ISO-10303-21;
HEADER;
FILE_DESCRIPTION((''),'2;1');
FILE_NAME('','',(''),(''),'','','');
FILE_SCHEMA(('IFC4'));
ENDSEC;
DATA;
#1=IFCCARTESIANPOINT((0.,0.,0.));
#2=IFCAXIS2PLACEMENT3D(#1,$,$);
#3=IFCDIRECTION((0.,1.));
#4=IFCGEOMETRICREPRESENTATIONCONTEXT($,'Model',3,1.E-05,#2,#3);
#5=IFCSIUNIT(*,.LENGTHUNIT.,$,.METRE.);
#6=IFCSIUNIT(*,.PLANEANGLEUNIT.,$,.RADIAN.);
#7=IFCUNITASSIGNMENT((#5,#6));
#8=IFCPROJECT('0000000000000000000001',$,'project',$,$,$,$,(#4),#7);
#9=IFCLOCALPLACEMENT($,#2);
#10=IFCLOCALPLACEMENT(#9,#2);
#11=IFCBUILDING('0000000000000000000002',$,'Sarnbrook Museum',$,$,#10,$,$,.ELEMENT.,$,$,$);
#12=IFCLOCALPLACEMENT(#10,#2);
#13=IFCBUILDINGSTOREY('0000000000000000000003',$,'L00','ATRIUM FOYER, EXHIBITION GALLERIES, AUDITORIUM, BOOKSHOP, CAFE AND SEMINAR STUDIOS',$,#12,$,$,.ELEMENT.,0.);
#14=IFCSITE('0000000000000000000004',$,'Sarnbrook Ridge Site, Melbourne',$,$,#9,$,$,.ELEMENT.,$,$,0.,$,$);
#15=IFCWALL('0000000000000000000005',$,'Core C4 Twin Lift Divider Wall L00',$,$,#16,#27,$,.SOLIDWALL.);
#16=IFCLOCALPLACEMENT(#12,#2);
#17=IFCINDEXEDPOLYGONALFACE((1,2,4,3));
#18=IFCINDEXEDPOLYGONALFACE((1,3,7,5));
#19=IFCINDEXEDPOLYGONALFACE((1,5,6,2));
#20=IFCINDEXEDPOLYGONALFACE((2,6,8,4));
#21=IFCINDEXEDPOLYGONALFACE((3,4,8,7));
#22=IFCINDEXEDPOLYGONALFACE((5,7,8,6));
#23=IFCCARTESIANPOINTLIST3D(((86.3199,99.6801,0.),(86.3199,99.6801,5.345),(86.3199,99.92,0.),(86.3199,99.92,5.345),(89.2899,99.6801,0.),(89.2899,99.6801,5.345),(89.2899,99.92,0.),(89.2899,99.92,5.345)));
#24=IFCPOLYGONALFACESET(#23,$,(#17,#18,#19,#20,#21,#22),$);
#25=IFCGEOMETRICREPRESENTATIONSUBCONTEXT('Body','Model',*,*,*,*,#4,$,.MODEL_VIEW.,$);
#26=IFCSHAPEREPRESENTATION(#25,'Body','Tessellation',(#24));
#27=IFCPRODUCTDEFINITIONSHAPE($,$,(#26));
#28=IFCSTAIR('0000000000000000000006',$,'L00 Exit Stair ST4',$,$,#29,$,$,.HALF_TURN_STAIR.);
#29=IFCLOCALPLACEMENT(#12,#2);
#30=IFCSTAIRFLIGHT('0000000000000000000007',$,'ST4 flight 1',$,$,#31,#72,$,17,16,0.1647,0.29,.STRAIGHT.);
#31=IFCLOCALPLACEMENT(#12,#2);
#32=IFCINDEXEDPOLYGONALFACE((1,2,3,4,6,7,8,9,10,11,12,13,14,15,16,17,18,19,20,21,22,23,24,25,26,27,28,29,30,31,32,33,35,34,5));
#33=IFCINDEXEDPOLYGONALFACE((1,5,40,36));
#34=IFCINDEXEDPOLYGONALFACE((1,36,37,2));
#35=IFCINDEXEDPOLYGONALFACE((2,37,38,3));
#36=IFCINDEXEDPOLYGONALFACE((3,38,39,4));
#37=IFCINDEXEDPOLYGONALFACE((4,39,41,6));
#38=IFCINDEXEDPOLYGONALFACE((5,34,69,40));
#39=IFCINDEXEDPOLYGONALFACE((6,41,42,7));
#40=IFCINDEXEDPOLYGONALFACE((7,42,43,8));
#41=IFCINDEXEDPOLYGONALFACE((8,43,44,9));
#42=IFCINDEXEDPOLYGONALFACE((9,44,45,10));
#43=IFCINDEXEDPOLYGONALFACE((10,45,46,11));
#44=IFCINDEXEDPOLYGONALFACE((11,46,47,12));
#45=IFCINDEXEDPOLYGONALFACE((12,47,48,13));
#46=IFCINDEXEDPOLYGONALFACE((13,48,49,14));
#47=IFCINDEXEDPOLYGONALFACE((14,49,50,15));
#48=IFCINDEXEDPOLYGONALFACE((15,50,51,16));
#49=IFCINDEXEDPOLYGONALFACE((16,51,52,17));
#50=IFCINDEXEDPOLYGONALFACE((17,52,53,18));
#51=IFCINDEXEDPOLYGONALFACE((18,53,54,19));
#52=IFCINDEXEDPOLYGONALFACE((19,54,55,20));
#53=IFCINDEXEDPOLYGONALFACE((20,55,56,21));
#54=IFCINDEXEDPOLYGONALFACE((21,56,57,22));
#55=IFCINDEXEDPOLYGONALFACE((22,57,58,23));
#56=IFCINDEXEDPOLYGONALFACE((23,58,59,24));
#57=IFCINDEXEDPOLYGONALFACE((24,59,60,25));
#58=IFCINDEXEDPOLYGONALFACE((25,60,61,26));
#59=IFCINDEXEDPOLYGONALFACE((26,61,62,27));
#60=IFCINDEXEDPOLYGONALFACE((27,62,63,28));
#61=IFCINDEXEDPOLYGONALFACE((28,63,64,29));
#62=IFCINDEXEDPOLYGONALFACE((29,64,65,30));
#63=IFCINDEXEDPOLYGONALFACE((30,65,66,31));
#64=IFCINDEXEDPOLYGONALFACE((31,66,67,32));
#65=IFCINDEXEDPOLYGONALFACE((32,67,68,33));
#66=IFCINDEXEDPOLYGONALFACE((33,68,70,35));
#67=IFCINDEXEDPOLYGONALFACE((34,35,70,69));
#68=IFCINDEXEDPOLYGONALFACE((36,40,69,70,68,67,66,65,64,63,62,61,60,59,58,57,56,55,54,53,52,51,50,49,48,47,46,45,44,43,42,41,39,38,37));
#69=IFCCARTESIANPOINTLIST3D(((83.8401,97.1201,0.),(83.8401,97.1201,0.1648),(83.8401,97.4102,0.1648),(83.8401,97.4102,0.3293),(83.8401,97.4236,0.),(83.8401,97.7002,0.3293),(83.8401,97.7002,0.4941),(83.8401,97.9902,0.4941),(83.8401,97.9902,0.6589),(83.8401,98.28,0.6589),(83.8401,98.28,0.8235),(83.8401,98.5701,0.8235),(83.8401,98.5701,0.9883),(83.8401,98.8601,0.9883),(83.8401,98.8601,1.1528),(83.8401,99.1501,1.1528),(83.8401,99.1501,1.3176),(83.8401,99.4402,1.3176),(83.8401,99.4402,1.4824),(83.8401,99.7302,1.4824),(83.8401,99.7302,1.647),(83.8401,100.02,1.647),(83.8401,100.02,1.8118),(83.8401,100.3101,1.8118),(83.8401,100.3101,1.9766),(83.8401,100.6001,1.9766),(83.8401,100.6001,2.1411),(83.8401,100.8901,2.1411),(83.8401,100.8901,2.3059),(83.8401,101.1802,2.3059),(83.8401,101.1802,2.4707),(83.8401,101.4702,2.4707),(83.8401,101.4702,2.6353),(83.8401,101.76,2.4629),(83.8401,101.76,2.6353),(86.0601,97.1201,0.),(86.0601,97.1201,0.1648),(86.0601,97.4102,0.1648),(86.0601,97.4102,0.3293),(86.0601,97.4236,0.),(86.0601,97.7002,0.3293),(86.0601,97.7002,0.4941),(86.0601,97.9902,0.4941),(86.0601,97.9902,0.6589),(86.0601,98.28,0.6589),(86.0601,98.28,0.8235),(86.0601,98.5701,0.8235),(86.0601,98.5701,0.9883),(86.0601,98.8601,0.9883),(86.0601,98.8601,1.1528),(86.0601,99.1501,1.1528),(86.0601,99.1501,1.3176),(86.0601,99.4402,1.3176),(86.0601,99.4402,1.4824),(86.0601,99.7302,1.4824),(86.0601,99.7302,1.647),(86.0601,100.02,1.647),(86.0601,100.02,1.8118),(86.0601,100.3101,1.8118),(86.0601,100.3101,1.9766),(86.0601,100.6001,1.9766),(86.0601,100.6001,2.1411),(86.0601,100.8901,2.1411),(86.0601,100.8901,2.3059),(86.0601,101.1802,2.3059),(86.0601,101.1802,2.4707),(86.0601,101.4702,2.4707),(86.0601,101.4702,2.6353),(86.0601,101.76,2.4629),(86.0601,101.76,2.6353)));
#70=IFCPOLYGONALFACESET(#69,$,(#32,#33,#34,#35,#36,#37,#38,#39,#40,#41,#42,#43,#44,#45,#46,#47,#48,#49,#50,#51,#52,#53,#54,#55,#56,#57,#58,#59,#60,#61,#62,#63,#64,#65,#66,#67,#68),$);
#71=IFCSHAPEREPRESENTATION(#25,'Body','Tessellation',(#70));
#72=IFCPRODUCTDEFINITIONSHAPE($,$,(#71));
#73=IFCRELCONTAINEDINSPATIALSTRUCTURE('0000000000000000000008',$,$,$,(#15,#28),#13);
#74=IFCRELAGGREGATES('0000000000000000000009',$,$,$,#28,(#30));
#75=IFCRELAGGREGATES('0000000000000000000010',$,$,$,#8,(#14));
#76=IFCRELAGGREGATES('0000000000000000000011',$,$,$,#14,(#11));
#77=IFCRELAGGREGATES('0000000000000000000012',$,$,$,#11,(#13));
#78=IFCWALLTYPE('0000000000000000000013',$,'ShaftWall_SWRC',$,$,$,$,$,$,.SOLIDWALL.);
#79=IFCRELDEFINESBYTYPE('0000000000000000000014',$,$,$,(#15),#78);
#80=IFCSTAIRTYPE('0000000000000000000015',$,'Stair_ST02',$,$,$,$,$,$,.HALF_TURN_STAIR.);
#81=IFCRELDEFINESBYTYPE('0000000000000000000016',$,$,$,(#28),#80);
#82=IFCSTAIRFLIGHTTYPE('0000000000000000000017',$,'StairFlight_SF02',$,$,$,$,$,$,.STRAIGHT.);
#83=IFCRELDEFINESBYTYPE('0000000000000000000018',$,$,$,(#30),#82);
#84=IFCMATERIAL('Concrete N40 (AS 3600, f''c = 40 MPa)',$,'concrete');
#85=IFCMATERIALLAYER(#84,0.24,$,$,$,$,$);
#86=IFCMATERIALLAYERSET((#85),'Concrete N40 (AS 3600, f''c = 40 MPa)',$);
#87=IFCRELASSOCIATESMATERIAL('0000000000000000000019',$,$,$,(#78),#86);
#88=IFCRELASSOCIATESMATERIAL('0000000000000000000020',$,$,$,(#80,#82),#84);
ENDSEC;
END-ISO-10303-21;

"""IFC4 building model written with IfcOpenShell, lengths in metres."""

from ifc_helpers import new_model, si_unit, direction, frame, frame_2d, origin, place, context, subcontext, project, spatial, polyline, rectangle, outline, extrude, material, layer, layer_set, type_object, element, aggregate, save


model = new_model("IFC4")

# Units and contexts
model_context = context("Model", 3, precision=1e-05, world=origin(), true_north=direction((0.0, 1.0)))
body_context = subcontext(model_context, "Body", "Model", "MODEL_VIEW")
ifc_project = project(units=[si_unit("LENGTHUNIT", "METRE"), si_unit("PLANEANGLEUNIT", "RADIAN")], contexts=[model_context])

# Site, building, storey
site_placement = place(None, origin())
site = spatial("IfcSite", under=ifc_project, at=site_placement, Name="Sarnbrook Ridge Site, Melbourne", CompositionType="ELEMENT", RefElevation=0.0)
building_placement = place(site_placement, origin())
building = spatial("IfcBuilding", under=site, at=building_placement, Name="Sarnbrook Museum", CompositionType="ELEMENT")
storey_placement = place(building_placement, origin())
storey = spatial("IfcBuildingStorey", under=building, at=storey_placement, Name="L00", Description="ATRIUM FOYER, EXHIBITION GALLERIES, AUDITORIUM, BOOKSHOP, CAFE AND SEMINAR STUDIOS", CompositionType="ELEMENT", Elevation=0.0)

# Wall
ifc_material_1 = material(Name="Concrete N40 (AS 3600, f'c = 40 MPa)", Category="concrete")
ifc_layer_1 = layer(ifc_material_1, 0.24)
ifc_layer_set_1 = layer_set([ifc_layer_1], Name="Concrete N40 (AS 3600, f'c = 40 MPa)")
wall_type_1 = type_object("IfcWallType", Name="ShaftWall_SWRC", PredefinedType="SOLIDWALL", material=ifc_layer_set_1)
wall_1_placement = place(storey_placement, frame((86.3201, 99.8, 0.0), z_axis=(0.0, 0.0, 1.0), x_axis=(1.0, 0.0, 0.0)))
element("IfcWall", 1, at=wall_1_placement, inside=storey, type_object=wall_type_1, Name="Core C4 Twin Lift Divider Wall L00", PredefinedType="SOLIDWALL", context=body_context, shape_type="SweptSolid", body=[
    extrude(rectangle(XDim=2.97, YDim=0.24, at=frame_2d((1.4849, 0.0))), origin(), (0.0, 0.0, 1.0), 5.345),
])

# Stair, stair flight
stair_type = type_object("IfcStairType", Name="Stair_ST02", PredefinedType="HALF_TURN_STAIR", material=ifc_material_1)
stair_placement = place(storey_placement, origin())
stair = element("IfcStair", 2, at=stair_placement, inside=storey, type_object=stair_type, Name="L00 Exit Stair ST4", PredefinedType="HALF_TURN_STAIR")
stair_flight_type = type_object("IfcStairFlightType", Name="StairFlight_SF02", PredefinedType="STRAIGHT", material=ifc_material_1)
stair_flight_placement = place(storey_placement, frame((84.95, 97.1201, 0.0), z_axis=(0.0, 0.0, 1.0), x_axis=(0.0, 1.0, 0.0)))
stair_flight = element("IfcStairFlight", 3, at=stair_flight_placement, type_object=stair_flight_type, Name="ST4 flight 1", NumberOfRisers=17, NumberOfTreads=16, PredefinedType="STRAIGHT", RiserHeight=0.1647, TreadLength=0.29, context=body_context, shape_type="SweptSolid", body=[
    extrude(outline(polyline([(0.0, 0.0), (0.0, 0.1648), (0.29, 0.1648), (0.29, 0.3293), (0.5801, 0.3293), (0.5801, 0.4941), (0.8701, 0.4941), (0.8701, 0.6589), (1.1599, 0.6589), (1.1599, 0.8235), (1.45, 0.8235), (1.45, 0.9883), (1.74, 0.9883), (1.74, 1.1528), (2.03, 1.1528), (2.03, 1.3176), (2.3201, 1.3176), (2.3201, 1.4824), (2.6101, 1.4824), (2.6101, 1.647), (2.8999, 1.647), (2.8999, 1.8118), (3.1899, 1.8118), (3.1899, 1.9766), (3.48, 1.9766), (3.48, 2.1411), (3.77, 2.1411), (3.77, 2.3059), (4.0601, 2.3059), (4.0601, 2.4707), (4.3501, 2.4707), (4.3501, 2.6353), (4.6399, 2.6353), (4.6399, 2.8), (4.6399, 2.4629), (0.3035, 0.0), (0.0, 0.0)])), frame((0.0, 1.1099, 0.0), z_axis=(0.0, -1.0, 0.0), x_axis=(1.0, 0.0, 0.0)), (0.0, 0.0, 1.0), 2.22),
])
aggregate(stair, [stair_flight])

save(model, "model.ifc")
